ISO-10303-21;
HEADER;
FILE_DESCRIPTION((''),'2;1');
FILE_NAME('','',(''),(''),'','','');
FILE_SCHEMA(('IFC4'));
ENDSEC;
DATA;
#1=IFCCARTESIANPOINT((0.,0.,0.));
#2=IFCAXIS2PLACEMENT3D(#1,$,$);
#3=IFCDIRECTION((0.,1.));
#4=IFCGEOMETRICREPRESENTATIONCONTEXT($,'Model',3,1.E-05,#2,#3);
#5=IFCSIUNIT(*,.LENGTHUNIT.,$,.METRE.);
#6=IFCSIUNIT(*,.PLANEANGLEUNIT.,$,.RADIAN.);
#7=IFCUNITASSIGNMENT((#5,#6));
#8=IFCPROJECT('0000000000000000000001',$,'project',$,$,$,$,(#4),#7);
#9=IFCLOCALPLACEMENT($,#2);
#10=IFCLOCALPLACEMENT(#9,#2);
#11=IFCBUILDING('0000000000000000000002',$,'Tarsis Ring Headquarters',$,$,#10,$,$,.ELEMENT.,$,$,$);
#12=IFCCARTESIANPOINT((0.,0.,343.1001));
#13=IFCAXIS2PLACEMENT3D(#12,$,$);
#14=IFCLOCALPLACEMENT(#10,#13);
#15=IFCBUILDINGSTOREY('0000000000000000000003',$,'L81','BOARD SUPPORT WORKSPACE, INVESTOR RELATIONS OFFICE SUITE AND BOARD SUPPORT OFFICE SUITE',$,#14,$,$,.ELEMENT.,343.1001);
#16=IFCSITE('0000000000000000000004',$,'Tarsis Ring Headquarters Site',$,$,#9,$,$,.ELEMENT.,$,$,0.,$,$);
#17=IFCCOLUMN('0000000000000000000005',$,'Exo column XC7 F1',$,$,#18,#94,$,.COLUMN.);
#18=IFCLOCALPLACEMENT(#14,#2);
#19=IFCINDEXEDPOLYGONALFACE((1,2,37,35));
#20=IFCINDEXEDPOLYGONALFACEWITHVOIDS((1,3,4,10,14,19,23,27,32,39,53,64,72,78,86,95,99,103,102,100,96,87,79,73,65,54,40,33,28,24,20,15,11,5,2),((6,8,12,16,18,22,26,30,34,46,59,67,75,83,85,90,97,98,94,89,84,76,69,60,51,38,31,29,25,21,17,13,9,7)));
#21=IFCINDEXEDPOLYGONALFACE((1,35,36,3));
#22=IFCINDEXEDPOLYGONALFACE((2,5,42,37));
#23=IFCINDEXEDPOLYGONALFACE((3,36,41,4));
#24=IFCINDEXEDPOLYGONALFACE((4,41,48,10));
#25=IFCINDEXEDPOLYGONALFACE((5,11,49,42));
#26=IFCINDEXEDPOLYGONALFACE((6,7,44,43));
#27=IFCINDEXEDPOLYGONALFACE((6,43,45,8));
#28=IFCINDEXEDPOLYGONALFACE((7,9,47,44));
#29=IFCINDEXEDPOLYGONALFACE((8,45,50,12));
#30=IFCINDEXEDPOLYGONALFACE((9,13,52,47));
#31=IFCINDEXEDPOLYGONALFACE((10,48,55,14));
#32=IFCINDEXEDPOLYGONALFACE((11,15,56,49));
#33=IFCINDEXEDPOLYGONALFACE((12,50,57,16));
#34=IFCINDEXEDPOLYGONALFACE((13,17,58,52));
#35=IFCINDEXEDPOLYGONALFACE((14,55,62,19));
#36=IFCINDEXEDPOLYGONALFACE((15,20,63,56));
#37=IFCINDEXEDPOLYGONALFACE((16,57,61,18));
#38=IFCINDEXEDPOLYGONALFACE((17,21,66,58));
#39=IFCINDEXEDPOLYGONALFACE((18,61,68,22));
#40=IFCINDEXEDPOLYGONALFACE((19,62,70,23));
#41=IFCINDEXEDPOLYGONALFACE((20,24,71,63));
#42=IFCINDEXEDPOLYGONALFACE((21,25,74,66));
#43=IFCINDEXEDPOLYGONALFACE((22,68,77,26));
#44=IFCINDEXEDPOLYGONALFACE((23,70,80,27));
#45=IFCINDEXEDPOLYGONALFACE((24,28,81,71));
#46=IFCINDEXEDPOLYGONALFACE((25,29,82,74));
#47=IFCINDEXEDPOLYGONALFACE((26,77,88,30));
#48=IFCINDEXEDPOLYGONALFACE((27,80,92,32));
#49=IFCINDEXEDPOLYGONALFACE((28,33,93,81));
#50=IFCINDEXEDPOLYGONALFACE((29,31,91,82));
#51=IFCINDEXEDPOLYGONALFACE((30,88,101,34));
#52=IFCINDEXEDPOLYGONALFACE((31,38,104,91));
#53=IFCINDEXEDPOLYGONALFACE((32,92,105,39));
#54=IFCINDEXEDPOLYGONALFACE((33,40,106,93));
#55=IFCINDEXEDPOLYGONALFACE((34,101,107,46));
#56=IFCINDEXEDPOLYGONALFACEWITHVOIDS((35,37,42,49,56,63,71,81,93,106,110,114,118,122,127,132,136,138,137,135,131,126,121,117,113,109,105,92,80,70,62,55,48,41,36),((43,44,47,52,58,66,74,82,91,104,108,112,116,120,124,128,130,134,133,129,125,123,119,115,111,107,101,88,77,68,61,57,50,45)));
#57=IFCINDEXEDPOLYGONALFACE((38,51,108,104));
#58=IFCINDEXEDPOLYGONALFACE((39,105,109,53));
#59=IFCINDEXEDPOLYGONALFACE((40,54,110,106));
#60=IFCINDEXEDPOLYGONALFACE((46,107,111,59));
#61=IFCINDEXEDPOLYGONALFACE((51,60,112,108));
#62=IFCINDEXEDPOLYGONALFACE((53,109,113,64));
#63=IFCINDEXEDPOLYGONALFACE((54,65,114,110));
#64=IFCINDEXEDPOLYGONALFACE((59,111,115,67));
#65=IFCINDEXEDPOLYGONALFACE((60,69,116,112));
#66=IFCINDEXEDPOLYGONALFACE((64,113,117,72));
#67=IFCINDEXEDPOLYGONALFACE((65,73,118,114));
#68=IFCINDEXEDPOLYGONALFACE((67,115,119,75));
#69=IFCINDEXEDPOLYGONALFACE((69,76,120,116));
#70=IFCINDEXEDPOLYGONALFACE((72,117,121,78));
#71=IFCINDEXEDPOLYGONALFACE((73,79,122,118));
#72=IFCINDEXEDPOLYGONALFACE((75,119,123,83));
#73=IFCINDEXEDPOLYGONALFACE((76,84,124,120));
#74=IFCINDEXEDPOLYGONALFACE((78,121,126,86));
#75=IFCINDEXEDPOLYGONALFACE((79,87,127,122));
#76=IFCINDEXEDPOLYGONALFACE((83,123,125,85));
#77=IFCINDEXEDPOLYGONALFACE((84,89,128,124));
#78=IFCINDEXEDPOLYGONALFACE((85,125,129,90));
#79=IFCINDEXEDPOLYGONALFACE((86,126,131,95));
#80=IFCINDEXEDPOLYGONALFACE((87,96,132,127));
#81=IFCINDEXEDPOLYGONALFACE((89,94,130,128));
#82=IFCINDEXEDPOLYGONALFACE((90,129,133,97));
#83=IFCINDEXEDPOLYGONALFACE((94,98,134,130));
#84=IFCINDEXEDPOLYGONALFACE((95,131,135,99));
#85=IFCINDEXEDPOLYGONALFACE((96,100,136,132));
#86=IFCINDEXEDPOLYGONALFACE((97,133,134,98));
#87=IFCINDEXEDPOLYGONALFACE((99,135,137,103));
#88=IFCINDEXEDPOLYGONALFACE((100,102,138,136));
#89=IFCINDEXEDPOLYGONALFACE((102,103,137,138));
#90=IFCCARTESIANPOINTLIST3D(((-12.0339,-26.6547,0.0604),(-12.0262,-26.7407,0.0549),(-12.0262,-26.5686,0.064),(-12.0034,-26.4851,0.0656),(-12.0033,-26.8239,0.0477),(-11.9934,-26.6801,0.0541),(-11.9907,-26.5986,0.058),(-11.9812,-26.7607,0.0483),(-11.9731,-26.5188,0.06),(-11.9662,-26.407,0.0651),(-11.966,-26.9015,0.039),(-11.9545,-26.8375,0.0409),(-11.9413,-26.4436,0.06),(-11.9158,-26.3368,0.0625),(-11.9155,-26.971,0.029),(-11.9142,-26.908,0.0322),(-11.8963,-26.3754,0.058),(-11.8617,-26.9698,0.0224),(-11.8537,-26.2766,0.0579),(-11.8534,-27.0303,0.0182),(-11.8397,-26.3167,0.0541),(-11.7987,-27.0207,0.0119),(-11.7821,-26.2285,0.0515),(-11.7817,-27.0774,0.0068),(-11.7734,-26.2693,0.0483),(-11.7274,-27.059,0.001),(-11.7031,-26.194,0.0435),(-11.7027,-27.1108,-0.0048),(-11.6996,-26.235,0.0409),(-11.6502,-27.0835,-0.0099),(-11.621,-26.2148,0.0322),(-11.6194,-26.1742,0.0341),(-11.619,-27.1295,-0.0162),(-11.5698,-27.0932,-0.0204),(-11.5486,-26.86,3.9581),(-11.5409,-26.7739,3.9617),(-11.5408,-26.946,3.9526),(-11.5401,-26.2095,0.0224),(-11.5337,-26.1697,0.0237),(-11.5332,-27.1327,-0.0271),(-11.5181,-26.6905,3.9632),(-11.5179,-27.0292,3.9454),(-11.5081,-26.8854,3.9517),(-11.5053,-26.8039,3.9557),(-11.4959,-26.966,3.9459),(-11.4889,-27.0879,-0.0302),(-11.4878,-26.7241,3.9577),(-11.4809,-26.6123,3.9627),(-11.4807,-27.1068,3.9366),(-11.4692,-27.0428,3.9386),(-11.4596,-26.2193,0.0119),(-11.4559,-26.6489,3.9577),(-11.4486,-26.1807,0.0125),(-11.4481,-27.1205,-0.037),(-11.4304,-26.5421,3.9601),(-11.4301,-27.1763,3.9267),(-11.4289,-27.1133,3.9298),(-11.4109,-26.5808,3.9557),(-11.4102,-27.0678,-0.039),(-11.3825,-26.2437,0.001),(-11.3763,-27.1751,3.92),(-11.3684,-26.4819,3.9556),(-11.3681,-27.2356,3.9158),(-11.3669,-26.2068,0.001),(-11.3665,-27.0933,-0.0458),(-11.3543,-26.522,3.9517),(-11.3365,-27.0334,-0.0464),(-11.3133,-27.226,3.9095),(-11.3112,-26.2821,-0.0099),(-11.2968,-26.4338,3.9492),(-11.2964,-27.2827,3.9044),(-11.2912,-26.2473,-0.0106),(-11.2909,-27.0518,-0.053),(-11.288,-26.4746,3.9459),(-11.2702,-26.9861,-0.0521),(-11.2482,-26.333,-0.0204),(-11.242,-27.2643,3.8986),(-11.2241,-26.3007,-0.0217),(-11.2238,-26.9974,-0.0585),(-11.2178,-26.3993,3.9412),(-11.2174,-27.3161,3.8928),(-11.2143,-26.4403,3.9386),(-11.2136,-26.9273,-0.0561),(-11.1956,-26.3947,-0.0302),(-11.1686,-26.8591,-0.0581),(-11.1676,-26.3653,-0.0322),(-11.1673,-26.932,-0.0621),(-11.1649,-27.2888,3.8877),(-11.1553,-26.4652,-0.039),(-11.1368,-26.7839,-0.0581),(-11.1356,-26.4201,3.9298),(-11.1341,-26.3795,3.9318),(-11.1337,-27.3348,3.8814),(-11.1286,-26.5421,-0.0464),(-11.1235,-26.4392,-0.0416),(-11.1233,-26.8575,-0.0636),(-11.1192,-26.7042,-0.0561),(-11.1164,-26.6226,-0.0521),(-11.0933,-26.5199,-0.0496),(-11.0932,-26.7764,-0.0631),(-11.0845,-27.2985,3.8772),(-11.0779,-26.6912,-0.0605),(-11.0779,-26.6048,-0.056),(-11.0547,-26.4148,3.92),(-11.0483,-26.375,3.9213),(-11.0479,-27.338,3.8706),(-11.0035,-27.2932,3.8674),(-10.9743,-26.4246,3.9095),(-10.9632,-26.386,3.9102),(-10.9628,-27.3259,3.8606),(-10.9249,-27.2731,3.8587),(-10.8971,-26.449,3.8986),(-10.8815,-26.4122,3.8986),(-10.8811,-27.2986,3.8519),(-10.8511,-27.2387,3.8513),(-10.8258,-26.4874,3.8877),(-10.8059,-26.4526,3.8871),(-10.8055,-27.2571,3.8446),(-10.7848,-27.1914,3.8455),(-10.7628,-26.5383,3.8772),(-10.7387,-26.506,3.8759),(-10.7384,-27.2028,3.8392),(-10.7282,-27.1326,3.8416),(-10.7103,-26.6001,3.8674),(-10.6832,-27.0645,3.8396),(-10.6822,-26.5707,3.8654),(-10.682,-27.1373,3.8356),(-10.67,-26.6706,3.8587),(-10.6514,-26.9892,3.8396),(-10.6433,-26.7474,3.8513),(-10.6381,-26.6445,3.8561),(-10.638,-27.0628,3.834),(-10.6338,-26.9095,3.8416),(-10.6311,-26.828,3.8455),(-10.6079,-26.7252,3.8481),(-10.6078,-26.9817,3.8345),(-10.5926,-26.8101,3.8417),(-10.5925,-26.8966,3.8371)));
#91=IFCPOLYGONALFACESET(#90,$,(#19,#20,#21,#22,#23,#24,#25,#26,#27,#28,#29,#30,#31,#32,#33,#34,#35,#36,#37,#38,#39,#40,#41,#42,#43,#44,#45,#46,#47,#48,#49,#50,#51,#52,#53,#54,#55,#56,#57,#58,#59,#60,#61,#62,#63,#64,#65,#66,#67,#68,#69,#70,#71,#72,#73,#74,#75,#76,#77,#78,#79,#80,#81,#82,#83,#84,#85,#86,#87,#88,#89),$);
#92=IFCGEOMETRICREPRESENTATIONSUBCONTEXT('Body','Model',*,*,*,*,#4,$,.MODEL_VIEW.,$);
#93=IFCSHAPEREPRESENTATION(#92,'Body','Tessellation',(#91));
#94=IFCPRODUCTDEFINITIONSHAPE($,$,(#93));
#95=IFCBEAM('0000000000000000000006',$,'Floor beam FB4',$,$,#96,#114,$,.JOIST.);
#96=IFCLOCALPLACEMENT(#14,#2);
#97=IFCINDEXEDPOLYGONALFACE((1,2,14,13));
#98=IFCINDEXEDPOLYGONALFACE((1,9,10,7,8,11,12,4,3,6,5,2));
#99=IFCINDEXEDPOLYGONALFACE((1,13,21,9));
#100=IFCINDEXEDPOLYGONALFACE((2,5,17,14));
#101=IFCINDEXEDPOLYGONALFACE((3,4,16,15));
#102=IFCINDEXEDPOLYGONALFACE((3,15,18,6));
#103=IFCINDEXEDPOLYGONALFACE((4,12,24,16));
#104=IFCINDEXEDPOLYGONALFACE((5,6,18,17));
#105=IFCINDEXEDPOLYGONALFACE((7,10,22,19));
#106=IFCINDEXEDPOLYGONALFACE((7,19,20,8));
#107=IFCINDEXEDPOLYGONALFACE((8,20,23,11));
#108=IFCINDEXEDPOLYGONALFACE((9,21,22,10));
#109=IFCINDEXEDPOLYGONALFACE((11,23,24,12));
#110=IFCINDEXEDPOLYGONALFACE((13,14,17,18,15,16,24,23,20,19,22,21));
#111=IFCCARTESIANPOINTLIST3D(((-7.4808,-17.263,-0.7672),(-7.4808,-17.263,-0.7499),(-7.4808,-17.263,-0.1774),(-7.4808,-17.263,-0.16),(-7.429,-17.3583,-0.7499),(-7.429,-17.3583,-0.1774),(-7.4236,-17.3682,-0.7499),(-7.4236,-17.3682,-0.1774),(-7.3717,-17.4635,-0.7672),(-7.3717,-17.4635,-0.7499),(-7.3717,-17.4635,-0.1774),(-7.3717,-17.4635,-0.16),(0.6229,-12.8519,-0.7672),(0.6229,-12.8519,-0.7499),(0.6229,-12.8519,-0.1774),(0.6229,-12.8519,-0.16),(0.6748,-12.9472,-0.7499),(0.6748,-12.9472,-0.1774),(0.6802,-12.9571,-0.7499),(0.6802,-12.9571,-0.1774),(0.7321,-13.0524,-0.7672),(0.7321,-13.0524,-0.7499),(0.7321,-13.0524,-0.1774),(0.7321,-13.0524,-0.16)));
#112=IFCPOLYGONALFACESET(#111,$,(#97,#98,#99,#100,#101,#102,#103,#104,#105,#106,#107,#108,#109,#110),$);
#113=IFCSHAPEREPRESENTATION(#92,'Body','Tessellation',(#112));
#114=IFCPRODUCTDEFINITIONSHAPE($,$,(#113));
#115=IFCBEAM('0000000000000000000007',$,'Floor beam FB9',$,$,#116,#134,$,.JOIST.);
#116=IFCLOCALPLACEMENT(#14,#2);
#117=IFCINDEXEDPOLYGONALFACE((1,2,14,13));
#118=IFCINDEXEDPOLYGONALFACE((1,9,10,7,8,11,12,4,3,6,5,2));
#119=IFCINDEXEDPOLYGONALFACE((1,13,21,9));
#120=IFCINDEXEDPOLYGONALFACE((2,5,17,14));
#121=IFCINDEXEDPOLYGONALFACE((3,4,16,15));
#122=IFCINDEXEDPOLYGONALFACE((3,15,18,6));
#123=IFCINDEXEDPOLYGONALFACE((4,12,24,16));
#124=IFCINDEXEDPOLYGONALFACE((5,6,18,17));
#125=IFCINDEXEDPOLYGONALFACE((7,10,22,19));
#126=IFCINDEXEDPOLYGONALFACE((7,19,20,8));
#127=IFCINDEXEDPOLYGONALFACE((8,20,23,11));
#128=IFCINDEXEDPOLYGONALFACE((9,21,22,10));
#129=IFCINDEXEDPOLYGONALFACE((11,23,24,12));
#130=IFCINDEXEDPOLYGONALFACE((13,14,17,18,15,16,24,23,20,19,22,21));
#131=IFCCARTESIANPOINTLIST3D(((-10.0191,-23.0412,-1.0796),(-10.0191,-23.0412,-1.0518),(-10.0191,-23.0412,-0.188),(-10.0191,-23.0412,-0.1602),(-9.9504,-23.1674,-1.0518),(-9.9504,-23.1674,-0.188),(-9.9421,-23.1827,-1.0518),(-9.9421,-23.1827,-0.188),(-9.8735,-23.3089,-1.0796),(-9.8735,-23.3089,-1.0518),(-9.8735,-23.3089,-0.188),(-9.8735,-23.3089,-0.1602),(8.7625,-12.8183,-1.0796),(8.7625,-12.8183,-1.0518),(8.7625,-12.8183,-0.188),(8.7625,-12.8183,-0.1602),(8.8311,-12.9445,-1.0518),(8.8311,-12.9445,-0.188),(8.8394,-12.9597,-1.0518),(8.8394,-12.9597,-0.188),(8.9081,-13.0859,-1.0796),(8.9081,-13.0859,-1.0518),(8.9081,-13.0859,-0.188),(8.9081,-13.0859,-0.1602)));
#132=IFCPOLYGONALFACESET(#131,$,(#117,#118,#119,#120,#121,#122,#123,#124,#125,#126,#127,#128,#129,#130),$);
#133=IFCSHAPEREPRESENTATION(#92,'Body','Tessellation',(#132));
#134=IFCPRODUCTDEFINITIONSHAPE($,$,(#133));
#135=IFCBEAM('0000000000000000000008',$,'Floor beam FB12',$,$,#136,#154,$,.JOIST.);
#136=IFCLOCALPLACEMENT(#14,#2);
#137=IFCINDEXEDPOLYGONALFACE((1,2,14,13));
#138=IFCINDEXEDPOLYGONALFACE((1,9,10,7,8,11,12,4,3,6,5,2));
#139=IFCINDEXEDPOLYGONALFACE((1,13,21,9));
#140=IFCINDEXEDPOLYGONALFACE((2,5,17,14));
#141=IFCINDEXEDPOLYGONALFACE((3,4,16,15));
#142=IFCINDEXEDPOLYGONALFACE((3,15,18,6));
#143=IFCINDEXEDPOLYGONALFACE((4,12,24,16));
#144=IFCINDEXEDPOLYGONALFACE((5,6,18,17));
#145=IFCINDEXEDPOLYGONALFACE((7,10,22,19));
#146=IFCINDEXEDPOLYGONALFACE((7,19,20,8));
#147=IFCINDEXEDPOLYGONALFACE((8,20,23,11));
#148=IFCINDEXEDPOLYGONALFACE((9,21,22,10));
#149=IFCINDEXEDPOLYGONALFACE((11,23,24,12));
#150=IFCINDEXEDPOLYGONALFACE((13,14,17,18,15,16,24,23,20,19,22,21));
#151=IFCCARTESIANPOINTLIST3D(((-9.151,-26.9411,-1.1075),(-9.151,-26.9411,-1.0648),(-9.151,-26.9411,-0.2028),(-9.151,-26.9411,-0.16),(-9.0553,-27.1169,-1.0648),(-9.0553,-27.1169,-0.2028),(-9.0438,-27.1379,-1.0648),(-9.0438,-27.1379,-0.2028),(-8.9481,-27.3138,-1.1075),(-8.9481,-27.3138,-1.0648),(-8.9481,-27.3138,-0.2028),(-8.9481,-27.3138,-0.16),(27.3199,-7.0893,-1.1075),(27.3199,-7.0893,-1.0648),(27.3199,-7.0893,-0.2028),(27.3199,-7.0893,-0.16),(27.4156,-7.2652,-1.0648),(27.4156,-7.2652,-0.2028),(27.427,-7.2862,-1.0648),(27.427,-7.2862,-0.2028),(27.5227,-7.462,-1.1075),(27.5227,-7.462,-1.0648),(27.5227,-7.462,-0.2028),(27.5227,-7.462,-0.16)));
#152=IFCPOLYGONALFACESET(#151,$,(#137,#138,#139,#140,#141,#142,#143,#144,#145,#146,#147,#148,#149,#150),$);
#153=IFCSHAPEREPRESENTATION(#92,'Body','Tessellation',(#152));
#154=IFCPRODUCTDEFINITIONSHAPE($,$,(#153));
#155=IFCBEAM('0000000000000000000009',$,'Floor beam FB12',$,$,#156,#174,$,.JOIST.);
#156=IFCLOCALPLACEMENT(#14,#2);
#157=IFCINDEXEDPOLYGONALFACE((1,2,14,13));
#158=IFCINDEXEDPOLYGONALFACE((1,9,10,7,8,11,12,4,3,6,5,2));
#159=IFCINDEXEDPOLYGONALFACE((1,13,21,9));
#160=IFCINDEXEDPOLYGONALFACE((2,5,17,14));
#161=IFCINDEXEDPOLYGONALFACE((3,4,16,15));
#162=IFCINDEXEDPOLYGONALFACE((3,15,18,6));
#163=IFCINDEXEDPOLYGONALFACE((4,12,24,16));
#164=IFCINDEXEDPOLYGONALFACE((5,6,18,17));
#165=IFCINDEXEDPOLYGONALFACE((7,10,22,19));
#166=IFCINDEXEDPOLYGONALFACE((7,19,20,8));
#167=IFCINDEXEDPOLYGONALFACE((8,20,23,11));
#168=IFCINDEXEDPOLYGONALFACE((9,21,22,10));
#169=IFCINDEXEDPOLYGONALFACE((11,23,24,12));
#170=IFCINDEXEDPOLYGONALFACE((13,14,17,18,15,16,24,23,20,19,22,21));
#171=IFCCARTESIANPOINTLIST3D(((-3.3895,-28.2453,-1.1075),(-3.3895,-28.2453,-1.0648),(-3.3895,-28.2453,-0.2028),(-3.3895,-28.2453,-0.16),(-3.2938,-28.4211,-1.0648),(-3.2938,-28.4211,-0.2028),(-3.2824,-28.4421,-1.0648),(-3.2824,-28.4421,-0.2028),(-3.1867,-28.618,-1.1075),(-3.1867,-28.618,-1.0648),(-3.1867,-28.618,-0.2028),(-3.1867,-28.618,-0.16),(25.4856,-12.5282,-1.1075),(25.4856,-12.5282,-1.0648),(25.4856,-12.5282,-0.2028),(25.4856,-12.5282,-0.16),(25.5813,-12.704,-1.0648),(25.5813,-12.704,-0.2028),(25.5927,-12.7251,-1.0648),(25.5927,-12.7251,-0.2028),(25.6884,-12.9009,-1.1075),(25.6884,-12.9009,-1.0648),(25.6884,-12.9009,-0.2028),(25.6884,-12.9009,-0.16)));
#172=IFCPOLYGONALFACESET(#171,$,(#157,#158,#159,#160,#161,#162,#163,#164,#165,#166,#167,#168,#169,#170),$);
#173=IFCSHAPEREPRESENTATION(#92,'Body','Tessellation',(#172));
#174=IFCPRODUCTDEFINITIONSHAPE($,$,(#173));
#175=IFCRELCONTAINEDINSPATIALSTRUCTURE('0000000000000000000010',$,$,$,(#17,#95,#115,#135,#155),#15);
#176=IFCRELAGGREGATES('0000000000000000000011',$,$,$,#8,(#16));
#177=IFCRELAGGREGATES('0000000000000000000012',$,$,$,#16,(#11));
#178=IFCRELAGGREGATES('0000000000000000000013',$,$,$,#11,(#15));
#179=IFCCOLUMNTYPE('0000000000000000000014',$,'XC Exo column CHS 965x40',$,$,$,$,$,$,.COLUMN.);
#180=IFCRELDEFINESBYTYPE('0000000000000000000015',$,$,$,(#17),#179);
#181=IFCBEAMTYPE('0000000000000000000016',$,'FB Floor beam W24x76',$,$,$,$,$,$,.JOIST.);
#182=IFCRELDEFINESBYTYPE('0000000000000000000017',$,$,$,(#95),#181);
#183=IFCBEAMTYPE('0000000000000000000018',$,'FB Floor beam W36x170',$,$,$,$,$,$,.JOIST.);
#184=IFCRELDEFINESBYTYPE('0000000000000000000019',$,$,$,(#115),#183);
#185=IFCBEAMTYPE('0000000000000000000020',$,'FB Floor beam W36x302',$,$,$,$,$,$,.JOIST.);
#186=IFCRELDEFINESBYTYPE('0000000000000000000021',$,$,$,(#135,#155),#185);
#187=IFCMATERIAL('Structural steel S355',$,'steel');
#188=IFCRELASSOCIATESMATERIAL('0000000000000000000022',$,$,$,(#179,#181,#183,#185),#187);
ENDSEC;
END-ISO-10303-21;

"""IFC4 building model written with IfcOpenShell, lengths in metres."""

from ifc_helpers import new_model, si_unit, direction, frame, origin, origin_2d, place, context, subcontext, project, spatial, hollow_circle, i_section, extrude, material, material_profile, profile_set, type_object, element, save


model = new_model("IFC4")

# Units and contexts
model_context = context("Model", 3, precision=1e-05, world=origin(), true_north=direction((0.0, 1.0)))
body_context = subcontext(model_context, "Body", "Model", "MODEL_VIEW")
ifc_project = project(units=[si_unit("LENGTHUNIT", "METRE"), si_unit("PLANEANGLEUNIT", "RADIAN")], contexts=[model_context])

# Site, building, storey
site_placement = place(None, origin())
site = spatial("IfcSite", under=ifc_project, at=site_placement, Name="Tarsis Ring Headquarters Site", CompositionType="ELEMENT", RefElevation=0.0)
building_placement = place(site_placement, origin())
building = spatial("IfcBuilding", under=site, at=building_placement, Name="Tarsis Ring Headquarters", CompositionType="ELEMENT")
storey_placement = place(building_placement, frame((0.0, 0.0, 343.1001)))
storey = spatial("IfcBuildingStorey", under=building, at=storey_placement, Name="L81", Description="BOARD SUPPORT WORKSPACE, INVESTOR RELATIONS OFFICE SUITE AND BOARD SUPPORT OFFICE SUITE", CompositionType="ELEMENT", Elevation=343.1001)

# Column
ifc_material_1 = material(Name="Structural steel S355", Category="steel")
ifc_material_profile_1 = material_profile(ifc_material_1, hollow_circle(Radius=0.4827, WallThickness=0.04, at=origin_2d()), Name="CHS 965x40")
ifc_profile_set_1 = profile_set([ifc_material_profile_1], Name="Structural steel S355")
column_type = type_object("IfcColumnType", Name="XC Exo column CHS 965x40", PredefinedType="COLUMN", material=ifc_profile_set_1)
column_placement = place(storey_placement, frame((-11.5549, -26.6514, 0.001), z_axis=(0.1234, -0.052203, 0.990983), x_axis=(0.38961, 0.92098, 0.0)))
element("IfcColumn", 1, at=column_placement, inside=storey, type_object=column_type, Name="Exo column XC7 F1", PredefinedType="COLUMN", context=body_context, shape_type="SweptSolid", body=[
    extrude(hollow_circle(Radius=0.4827, WallThickness=0.04, at=origin_2d()), origin(), (0.0, 0.0, 1.0), 3.9331),
])

# Beams
ifc_material_profile_2 = material_profile(ifc_material_1, i_section(OverallWidth=0.2283, OverallDepth=0.6072, WebThickness=0.0112, FlangeThickness=0.0173, at=origin_2d()), Name="W24x76")
ifc_profile_set_2 = profile_set([ifc_material_profile_2], Name="Structural steel S355")
beam_type_1 = type_object("IfcBeamType", Name="FB Floor beam W24x76", PredefinedType="JOIST", material=ifc_profile_set_2)
beam_1_placement = place(storey_placement, frame((-7.4263, -17.3633, -0.4636), z_axis=(0.87831, 0.478092, 0.0), x_axis=(-0.478092, 0.87831, 0.0)))
element("IfcBeam", 2, at=beam_1_placement, inside=storey, type_object=beam_type_1, Name="Floor beam FB4", PredefinedType="JOIST", context=body_context, shape_type="SweptSolid", body=[
    extrude(i_section(OverallWidth=0.2283, OverallDepth=0.6072, WebThickness=0.0112, FlangeThickness=0.0173, at=origin_2d()), origin(), (0.0, 0.0, 1.0), 9.2266),
])
ifc_material_profile_3 = material_profile(ifc_material_1, i_section(OverallWidth=0.3047, OverallDepth=0.9194, WebThickness=0.0173, FlangeThickness=0.0278, at=origin_2d()), Name="W36x170")
ifc_profile_set_3 = profile_set([ifc_material_profile_3], Name="Structural steel S355")
beam_type_2 = type_object("IfcBeamType", Name="FB Floor beam W36x170", PredefinedType="JOIST", material=ifc_profile_set_3)
beam_2_placement = place(storey_placement, frame((-9.9463, -23.175, -0.6199), z_axis=(0.878319, 0.478075, 0.0), x_axis=(-0.478075, 0.878319, 0.0)))
element("IfcBeam", 3, at=beam_2_placement, inside=storey, type_object=beam_type_2, Name="Floor beam FB9", PredefinedType="JOIST", context=body_context, shape_type="SweptSolid", body=[
    extrude(i_section(OverallWidth=0.3047, OverallDepth=0.9194, WebThickness=0.0173, FlangeThickness=0.0278, at=origin_2d()), origin(), (0.0, 0.0, 1.0), 21.3835),
])
ifc_material_profile_4 = material_profile(ifc_material_1, i_section(OverallWidth=0.4243, OverallDepth=0.9475, WebThickness=0.0239, FlangeThickness=0.0427, at=origin_2d()), Name="W36x302")
ifc_profile_set_4 = profile_set([ifc_material_profile_4], Name="Structural steel S355")
beam_type_3 = type_object("IfcBeamType", Name="FB Floor beam W36x302", PredefinedType="JOIST", material=ifc_profile_set_4)
beam_3_placement = place(storey_placement, frame((-9.0496, -27.1274, -0.6338), z_axis=(0.878315, 0.478083, 0.0), x_axis=(-0.478083, 0.878315, 0.0)))
element("IfcBeam", 4, at=beam_3_placement, inside=storey, type_object=beam_type_3, Name="Floor beam FB12", PredefinedType="JOIST", context=body_context, shape_type="SweptSolid", body=[
    extrude(i_section(OverallWidth=0.4243, OverallDepth=0.9475, WebThickness=0.0239, FlangeThickness=0.0427, at=origin_2d()), origin(), (0.0, 0.0, 1.0), 41.5237),
])
beam_4_placement = place(storey_placement, frame((-3.2881, -28.4316, -0.6338), z_axis=(0.878317, 0.478079, 0.0), x_axis=(-0.478079, 0.878317, 0.0)))
element("IfcBeam", 5, at=beam_4_placement, inside=storey, type_object=beam_type_3, Name="Floor beam FB12", PredefinedType="JOIST", context=body_context, shape_type="SweptSolid", body=[
    extrude(i_section(OverallWidth=0.4243, OverallDepth=0.9475, WebThickness=0.0239, FlangeThickness=0.0427, at=origin_2d()), origin(), (0.0, 0.0, 1.0), 32.8755),
])

save(model, "model.ifc")
